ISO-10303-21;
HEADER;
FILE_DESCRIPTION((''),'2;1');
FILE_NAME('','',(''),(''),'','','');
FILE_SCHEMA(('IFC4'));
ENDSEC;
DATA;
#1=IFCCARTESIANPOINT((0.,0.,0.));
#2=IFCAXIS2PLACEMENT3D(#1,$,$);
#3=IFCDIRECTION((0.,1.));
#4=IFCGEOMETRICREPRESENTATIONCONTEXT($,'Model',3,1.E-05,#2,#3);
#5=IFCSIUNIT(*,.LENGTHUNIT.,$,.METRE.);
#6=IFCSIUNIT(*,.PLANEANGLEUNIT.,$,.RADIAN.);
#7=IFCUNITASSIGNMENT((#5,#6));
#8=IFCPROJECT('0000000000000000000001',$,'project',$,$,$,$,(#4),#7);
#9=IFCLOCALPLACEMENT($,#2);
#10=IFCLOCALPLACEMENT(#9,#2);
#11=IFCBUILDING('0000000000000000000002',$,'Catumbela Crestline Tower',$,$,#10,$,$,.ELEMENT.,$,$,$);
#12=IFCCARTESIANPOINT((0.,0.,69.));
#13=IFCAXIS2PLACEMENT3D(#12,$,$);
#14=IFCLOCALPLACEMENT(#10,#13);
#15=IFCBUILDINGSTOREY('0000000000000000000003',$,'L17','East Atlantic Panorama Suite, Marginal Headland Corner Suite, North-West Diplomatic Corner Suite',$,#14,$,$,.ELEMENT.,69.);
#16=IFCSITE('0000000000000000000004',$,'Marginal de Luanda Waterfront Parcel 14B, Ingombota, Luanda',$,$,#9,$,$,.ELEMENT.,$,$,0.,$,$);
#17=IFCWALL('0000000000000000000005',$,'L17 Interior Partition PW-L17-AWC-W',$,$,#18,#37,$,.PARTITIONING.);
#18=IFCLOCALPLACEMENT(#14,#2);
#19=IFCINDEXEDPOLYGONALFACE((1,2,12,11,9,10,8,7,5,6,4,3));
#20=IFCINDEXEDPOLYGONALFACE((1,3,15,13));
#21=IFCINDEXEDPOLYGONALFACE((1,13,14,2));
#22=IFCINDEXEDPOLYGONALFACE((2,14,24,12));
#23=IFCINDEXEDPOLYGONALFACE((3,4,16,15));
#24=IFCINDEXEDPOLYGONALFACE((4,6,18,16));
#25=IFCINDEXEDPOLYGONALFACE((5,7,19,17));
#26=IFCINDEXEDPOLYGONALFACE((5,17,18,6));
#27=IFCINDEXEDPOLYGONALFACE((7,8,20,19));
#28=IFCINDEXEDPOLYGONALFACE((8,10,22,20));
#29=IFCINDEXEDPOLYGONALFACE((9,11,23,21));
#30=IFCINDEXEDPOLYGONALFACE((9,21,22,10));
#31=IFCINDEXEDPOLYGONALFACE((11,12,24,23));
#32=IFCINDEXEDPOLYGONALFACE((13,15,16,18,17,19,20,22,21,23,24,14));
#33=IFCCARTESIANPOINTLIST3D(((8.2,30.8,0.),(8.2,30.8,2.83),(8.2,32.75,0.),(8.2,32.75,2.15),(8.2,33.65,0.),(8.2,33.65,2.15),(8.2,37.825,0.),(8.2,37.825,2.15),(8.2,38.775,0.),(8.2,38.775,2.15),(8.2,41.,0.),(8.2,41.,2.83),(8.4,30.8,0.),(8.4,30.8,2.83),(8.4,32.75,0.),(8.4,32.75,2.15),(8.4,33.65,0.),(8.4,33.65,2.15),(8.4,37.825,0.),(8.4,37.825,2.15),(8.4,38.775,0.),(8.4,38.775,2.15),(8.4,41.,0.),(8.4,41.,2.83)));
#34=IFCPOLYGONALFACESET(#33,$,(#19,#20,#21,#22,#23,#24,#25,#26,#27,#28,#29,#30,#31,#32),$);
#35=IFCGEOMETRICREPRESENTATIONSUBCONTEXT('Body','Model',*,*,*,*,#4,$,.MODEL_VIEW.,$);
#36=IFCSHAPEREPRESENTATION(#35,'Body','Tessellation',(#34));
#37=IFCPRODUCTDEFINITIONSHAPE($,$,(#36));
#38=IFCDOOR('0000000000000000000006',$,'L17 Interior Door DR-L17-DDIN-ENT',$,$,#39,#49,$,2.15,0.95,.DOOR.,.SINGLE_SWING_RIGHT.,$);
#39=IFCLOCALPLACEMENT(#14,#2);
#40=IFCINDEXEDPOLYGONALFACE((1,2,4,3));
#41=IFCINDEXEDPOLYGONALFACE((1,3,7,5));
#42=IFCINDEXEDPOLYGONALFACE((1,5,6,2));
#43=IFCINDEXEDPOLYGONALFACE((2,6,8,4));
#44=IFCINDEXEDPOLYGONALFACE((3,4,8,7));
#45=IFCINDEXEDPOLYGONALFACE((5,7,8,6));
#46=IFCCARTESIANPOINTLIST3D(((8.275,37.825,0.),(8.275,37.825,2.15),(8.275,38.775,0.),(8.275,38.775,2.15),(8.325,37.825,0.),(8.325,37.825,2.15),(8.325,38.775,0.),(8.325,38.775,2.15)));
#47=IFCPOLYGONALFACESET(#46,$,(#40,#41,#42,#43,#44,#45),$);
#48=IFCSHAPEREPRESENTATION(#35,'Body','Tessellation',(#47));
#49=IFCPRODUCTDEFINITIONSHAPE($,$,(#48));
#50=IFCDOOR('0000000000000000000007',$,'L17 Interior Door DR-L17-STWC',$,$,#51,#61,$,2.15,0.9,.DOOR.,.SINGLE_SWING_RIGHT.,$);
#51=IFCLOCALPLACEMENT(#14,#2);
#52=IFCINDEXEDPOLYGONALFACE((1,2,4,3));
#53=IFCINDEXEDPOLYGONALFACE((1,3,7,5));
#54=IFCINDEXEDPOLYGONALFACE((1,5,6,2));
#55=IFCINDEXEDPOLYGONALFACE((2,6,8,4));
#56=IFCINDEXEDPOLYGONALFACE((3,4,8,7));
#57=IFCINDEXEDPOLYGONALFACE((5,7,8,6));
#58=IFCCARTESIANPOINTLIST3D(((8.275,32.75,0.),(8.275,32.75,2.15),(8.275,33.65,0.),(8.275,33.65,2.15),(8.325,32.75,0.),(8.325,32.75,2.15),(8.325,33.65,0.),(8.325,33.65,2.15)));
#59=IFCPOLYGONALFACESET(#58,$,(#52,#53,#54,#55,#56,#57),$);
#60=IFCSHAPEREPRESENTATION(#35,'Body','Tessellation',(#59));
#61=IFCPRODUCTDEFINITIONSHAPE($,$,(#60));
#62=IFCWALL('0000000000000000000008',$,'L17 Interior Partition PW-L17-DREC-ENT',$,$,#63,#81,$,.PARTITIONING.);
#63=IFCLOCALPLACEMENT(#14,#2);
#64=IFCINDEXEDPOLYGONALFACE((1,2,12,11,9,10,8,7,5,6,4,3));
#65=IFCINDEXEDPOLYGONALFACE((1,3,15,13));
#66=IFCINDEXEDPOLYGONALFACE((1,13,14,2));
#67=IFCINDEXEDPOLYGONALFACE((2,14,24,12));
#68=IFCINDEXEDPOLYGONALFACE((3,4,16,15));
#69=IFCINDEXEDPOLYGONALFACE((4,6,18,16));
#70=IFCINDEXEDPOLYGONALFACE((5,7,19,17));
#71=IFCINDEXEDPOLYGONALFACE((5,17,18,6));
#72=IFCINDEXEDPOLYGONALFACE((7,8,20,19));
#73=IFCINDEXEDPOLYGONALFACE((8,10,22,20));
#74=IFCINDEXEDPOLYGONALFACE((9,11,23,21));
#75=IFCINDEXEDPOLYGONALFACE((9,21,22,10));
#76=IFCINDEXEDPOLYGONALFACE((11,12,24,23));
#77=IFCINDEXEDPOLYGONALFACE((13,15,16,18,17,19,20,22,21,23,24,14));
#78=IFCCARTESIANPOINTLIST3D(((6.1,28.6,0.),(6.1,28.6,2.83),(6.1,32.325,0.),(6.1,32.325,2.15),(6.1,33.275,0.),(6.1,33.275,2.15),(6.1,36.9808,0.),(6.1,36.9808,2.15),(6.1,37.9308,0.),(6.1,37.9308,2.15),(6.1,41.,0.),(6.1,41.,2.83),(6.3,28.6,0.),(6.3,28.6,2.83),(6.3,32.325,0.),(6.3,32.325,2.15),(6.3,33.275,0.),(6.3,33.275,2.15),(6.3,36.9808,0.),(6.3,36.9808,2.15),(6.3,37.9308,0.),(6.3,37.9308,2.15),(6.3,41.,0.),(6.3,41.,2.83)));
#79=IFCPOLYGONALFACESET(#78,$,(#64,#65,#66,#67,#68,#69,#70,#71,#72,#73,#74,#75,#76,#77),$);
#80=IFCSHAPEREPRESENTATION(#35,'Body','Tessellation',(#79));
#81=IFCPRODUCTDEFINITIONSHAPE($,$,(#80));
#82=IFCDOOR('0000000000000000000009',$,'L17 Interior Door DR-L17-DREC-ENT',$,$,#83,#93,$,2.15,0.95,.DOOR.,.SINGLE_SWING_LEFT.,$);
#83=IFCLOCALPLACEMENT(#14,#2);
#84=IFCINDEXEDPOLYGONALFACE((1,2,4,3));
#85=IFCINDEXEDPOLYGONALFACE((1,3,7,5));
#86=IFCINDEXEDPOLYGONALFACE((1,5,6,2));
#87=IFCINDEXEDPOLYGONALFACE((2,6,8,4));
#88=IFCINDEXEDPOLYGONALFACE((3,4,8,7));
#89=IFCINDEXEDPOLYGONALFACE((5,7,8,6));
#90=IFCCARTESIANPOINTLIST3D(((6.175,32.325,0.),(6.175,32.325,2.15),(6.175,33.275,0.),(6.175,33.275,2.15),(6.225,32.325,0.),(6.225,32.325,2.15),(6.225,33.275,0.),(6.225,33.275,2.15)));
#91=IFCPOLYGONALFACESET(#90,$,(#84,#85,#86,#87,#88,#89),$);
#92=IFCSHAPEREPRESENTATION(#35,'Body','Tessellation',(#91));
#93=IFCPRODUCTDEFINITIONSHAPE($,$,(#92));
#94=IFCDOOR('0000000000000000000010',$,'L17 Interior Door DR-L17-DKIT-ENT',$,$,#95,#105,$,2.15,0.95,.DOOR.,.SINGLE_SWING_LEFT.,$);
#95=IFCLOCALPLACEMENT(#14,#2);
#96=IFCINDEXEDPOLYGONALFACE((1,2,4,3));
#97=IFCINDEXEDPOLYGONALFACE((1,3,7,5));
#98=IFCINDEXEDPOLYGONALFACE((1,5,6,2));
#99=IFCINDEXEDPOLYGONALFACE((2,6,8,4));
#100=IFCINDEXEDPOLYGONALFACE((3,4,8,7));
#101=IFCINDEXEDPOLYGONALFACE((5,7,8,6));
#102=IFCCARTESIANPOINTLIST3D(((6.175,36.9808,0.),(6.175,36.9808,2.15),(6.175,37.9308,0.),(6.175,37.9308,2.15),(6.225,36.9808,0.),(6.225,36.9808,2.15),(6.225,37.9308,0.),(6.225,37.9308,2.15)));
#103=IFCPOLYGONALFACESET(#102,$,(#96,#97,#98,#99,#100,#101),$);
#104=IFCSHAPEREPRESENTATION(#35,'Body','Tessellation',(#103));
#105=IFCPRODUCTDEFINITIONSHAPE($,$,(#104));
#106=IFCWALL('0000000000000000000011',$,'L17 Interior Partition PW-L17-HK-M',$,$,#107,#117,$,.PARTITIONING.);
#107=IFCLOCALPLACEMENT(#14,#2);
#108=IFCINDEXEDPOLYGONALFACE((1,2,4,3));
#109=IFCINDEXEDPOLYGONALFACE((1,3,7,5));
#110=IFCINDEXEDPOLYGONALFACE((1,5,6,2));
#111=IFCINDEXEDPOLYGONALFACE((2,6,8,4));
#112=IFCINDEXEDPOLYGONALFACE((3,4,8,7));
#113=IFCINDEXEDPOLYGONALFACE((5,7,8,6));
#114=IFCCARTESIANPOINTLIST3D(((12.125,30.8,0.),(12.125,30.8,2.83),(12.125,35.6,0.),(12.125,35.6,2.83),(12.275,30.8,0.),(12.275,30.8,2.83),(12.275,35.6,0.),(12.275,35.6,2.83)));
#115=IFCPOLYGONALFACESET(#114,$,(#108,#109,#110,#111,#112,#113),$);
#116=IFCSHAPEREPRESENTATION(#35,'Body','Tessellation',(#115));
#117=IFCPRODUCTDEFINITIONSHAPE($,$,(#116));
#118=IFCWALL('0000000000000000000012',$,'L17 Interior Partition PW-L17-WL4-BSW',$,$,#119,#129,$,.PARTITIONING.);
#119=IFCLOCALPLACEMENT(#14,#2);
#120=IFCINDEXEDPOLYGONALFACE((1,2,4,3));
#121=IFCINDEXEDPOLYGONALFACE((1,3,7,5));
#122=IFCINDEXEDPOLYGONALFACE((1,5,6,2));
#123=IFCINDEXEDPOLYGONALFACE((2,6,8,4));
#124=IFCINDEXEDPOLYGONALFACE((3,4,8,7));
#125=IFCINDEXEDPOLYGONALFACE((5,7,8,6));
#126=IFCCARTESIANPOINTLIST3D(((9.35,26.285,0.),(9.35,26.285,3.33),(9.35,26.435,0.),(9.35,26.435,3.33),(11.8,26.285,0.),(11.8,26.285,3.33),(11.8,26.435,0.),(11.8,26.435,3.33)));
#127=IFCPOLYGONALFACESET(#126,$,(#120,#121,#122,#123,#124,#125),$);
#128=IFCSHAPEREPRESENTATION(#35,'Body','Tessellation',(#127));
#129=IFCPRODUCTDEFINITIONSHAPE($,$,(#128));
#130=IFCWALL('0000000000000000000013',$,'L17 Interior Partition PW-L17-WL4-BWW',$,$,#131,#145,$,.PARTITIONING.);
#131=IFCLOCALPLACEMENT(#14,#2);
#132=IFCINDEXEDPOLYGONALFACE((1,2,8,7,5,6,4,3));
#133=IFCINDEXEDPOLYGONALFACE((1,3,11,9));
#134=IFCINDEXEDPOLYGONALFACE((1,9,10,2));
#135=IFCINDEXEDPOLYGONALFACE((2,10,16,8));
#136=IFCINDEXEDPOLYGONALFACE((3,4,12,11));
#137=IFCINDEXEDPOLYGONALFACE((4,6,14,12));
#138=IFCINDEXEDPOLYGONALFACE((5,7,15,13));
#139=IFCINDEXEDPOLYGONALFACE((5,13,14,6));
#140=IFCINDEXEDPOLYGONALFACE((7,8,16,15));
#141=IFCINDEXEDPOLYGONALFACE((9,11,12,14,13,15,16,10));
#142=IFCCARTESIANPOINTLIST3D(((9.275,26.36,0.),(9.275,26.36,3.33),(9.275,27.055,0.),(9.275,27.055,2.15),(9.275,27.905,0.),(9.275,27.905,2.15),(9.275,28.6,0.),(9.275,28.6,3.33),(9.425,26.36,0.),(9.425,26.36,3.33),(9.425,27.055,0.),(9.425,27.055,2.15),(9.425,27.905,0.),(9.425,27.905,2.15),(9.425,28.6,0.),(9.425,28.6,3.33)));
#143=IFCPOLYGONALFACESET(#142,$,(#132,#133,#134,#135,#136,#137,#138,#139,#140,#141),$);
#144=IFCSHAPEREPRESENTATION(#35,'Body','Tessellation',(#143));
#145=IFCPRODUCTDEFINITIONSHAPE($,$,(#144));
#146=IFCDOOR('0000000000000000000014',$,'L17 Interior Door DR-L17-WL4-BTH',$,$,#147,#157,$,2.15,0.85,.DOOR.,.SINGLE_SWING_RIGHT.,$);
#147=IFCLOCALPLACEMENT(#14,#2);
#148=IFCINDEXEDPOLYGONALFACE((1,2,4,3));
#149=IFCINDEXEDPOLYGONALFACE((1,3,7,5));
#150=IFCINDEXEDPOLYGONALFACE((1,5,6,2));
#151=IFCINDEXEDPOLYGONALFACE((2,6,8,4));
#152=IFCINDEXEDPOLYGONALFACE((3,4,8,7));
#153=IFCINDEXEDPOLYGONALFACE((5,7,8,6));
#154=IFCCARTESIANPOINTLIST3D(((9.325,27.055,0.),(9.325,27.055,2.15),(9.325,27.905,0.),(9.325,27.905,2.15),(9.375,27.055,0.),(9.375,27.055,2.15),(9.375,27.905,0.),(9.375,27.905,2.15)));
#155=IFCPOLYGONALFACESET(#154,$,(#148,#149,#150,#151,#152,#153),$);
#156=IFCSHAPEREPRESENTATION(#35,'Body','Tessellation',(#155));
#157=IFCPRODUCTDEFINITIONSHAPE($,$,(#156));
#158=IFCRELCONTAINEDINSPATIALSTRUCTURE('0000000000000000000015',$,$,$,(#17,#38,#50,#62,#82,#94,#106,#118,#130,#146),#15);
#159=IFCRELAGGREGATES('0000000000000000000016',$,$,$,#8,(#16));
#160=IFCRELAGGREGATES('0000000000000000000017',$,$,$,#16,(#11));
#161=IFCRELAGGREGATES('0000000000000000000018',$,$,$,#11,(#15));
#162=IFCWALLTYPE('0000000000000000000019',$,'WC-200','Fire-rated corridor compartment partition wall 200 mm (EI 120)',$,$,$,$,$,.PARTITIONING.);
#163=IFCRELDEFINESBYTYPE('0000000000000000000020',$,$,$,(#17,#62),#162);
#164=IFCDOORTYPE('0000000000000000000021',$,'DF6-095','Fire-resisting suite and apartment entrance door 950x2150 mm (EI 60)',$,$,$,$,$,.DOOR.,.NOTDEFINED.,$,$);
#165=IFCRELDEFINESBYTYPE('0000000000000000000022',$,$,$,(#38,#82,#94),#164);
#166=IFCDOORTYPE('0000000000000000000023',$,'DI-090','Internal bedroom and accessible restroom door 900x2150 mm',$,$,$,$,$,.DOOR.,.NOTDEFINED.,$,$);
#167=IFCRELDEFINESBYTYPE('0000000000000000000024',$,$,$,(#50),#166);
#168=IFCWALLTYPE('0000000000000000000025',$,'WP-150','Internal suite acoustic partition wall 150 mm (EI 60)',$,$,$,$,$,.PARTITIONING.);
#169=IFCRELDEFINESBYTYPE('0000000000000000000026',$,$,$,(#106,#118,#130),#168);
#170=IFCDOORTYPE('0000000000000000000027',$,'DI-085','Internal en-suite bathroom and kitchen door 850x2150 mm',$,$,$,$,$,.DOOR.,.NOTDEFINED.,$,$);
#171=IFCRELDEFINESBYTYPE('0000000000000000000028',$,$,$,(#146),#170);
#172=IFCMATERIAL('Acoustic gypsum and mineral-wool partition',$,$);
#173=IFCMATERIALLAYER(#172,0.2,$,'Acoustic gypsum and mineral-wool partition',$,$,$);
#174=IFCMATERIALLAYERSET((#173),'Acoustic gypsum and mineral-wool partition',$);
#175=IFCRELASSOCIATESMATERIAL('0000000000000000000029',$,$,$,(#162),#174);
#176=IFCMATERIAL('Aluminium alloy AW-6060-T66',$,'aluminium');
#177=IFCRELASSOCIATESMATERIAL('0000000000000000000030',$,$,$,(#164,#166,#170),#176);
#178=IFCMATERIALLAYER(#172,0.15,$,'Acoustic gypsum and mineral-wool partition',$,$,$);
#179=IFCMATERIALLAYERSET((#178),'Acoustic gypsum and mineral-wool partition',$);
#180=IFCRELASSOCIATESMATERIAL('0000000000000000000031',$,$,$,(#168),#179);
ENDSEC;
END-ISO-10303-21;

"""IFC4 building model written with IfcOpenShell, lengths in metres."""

from ifc_helpers import new_model, si_unit, direction, frame, frame_2d, origin, place, context, subcontext, project, spatial, rectangle, extrude, material, layer, layer_set, type_object, element, fill, save


model = new_model("IFC4")

# Units and contexts
model_context = context("Model", 3, precision=1e-05, world=origin(), true_north=direction((0.0, 1.0)))
body_context = subcontext(model_context, "Body", "Model", "MODEL_VIEW")
ifc_project = project(units=[si_unit("LENGTHUNIT", "METRE"), si_unit("PLANEANGLEUNIT", "RADIAN")], contexts=[model_context])

# Site, building, storey
site_placement = place(None, origin())
site = spatial("IfcSite", under=ifc_project, at=site_placement, Name="Marginal de Luanda Waterfront Parcel 14B, Ingombota, Luanda", CompositionType="ELEMENT", RefElevation=0.0)
building_placement = place(site_placement, origin())
building = spatial("IfcBuilding", under=site, at=building_placement, Name="Catumbela Crestline Tower", CompositionType="ELEMENT")
storey_placement = place(building_placement, frame((0.0, 0.0, 69.0)))
storey = spatial("IfcBuildingStorey", under=building, at=storey_placement, Name="L17", Description="East Atlantic Panorama Suite, Marginal Headland Corner Suite, North-West Diplomatic Corner Suite", CompositionType="ELEMENT", Elevation=69.0)

# Shared definitions
ifc_material_1 = material(Name="Acoustic gypsum and mineral-wool partition")
ifc_layer_1 = layer(ifc_material_1, 0.2, Name="Acoustic gypsum and mineral-wool partition")
ifc_layer_set_1 = layer_set([ifc_layer_1], Name="Acoustic gypsum and mineral-wool partition")
wall_type_1 = type_object("IfcWallType", Name="WC-200", Description="Fire-rated corridor compartment partition wall 200 mm (EI 120)", PredefinedType="PARTITIONING", material=ifc_layer_set_1)
ifc_material_2 = material(Name="Aluminium alloy AW-6060-T66", Category="aluminium")
door_type_1 = type_object("IfcDoorType", Name="DF6-095", Description="Fire-resisting suite and apartment entrance door 950x2150 mm (EI 60)", OperationType="NOTDEFINED", PredefinedType="DOOR", material=ifc_material_2)

# Walls, openings, doors
wall_1_placement = place(storey_placement, frame((8.3, 30.8, 0.0), z_axis=(0.0, 0.0, 1.0), x_axis=(0.0, 1.0, 0.0)))
wall_1 = element("IfcWall", 1, at=wall_1_placement, inside=storey, type_object=wall_type_1, Name="L17 Interior Partition PW-L17-AWC-W", PredefinedType="PARTITIONING", context=body_context, shape_type="SweptSolid", body=[
    extrude(rectangle(XDim=10.2, YDim=0.2, at=frame_2d((5.1, 0.0))), origin(), (0.0, 0.0, 1.0), 2.83),
])
opening_1_placement = place(wall_1_placement, frame((1.95, 0.0, 0.0)))
opening_1 = element("IfcOpeningElement", 2, at=opening_1_placement, cuts=wall_1, PredefinedType="OPENING", context=body_context, shape_type="SweptSolid", body=[
    extrude(rectangle(XDim=0.9, YDim=2.15, at=frame_2d((0.45, 1.075))), frame((0.0, 0.11, 0.0), z_axis=(0.0, -1.0, 0.0), x_axis=(1.0, 0.0, 0.0)), (0.0, 0.0, 1.0), 0.22),
])
opening_2_placement = place(wall_1_placement, frame((7.025, 0.0, 0.0)))
opening_2 = element("IfcOpeningElement", 3, at=opening_2_placement, cuts=wall_1, PredefinedType="OPENING", context=body_context, shape_type="SweptSolid", body=[
    extrude(rectangle(XDim=0.95, YDim=2.15, at=frame_2d((0.475, 1.075))), frame((0.0, 0.11, 0.0), z_axis=(0.0, -1.0, 0.0), x_axis=(1.0, 0.0, 0.0)), (0.0, 0.0, 1.0), 0.22),
])
door_1_placement = place(opening_2_placement, origin())
door_1 = element("IfcDoor", 4, at=door_1_placement, inside=storey, type_object=door_type_1, Name="L17 Interior Door DR-L17-DDIN-ENT", OperationType="SINGLE_SWING_RIGHT", OverallHeight=2.15, OverallWidth=0.95, PredefinedType="DOOR", context=body_context, shape_type="SweptSolid", body=[
    extrude(rectangle(XDim=0.95, YDim=2.15, at=frame_2d((0.475, 1.075))), frame((0.0, 0.025, 0.0), z_axis=(0.0, -1.0, 0.0), x_axis=(1.0, 0.0, 0.0)), (0.0, 0.0, 1.0), 0.05),
])
fill(opening_2, door_1)
door_type_2 = type_object("IfcDoorType", Name="DI-090", Description="Internal bedroom and accessible restroom door 900x2150 mm", OperationType="NOTDEFINED", PredefinedType="DOOR", material=ifc_material_2)
door_2_placement = place(opening_1_placement, origin())
door_2 = element("IfcDoor", 5, at=door_2_placement, inside=storey, type_object=door_type_2, Name="L17 Interior Door DR-L17-STWC", OperationType="SINGLE_SWING_RIGHT", OverallHeight=2.15, OverallWidth=0.9, PredefinedType="DOOR", context=body_context, shape_type="SweptSolid", body=[
    extrude(rectangle(XDim=0.9, YDim=2.15, at=frame_2d((0.45, 1.075))), frame((0.0, 0.025, 0.0), z_axis=(0.0, -1.0, 0.0), x_axis=(1.0, 0.0, 0.0)), (0.0, 0.0, 1.0), 0.05),
])
fill(opening_1, door_2)
wall_2_placement = place(storey_placement, frame((6.2, 28.6, 0.0), z_axis=(0.0, 0.0, 1.0), x_axis=(0.0, 1.0, 0.0)))
wall_2 = element("IfcWall", 6, at=wall_2_placement, inside=storey, type_object=wall_type_1, Name="L17 Interior Partition PW-L17-DREC-ENT", PredefinedType="PARTITIONING", context=body_context, shape_type="SweptSolid", body=[
    extrude(rectangle(XDim=12.4, YDim=0.2, at=frame_2d((6.2, 0.0))), origin(), (0.0, 0.0, 1.0), 2.83),
])
opening_3_placement = place(wall_2_placement, frame((3.725, 0.0, 0.0)))
opening_3 = element("IfcOpeningElement", 7, at=opening_3_placement, cuts=wall_2, PredefinedType="OPENING", context=body_context, shape_type="SweptSolid", body=[
    extrude(rectangle(XDim=0.95, YDim=2.15, at=frame_2d((0.475, 1.075))), frame((0.0, 0.11, 0.0), z_axis=(0.0, -1.0, 0.0), x_axis=(1.0, 0.0, 0.0)), (0.0, 0.0, 1.0), 0.22),
])
opening_4_placement = place(wall_2_placement, frame((8.3808, 0.0, 0.0)))
opening_4 = element("IfcOpeningElement", 8, at=opening_4_placement, cuts=wall_2, PredefinedType="OPENING", context=body_context, shape_type="SweptSolid", body=[
    extrude(rectangle(XDim=0.95, YDim=2.15, at=frame_2d((0.475, 1.075))), frame((0.0, 0.11, 0.0), z_axis=(0.0, -1.0, 0.0), x_axis=(1.0, 0.0, 0.0)), (0.0, 0.0, 1.0), 0.22),
])
door_3_placement = place(opening_3_placement, origin())
door_3 = element("IfcDoor", 9, at=door_3_placement, inside=storey, type_object=door_type_1, Name="L17 Interior Door DR-L17-DREC-ENT", OperationType="SINGLE_SWING_LEFT", OverallHeight=2.15, OverallWidth=0.95, PredefinedType="DOOR", context=body_context, shape_type="SweptSolid", body=[
    extrude(rectangle(XDim=0.95, YDim=2.15, at=frame_2d((0.475, 1.075))), frame((0.0, 0.025, 0.0), z_axis=(0.0, -1.0, 0.0), x_axis=(1.0, 0.0, 0.0)), (0.0, 0.0, 1.0), 0.05),
])
fill(opening_3, door_3)
door_4_placement = place(opening_4_placement, origin())
door_4 = element("IfcDoor", 10, at=door_4_placement, inside=storey, type_object=door_type_1, Name="L17 Interior Door DR-L17-DKIT-ENT", OperationType="SINGLE_SWING_LEFT", OverallHeight=2.15, OverallWidth=0.95, PredefinedType="DOOR", context=body_context, shape_type="SweptSolid", body=[
    extrude(rectangle(XDim=0.95, YDim=2.15, at=frame_2d((0.475, 1.075))), frame((0.0, 0.025, 0.0), z_axis=(0.0, -1.0, 0.0), x_axis=(1.0, 0.0, 0.0)), (0.0, 0.0, 1.0), 0.05),
])
fill(opening_4, door_4)

# Walls
ifc_layer_2 = layer(ifc_material_1, 0.15, Name="Acoustic gypsum and mineral-wool partition")
ifc_layer_set_2 = layer_set([ifc_layer_2], Name="Acoustic gypsum and mineral-wool partition")
wall_type_2 = type_object("IfcWallType", Name="WP-150", Description="Internal suite acoustic partition wall 150 mm (EI 60)", PredefinedType="PARTITIONING", material=ifc_layer_set_2)
wall_3_placement = place(storey_placement, frame((12.2, 30.8, 0.0), z_axis=(0.0, 0.0, 1.0), x_axis=(0.0, 1.0, 0.0)))
element("IfcWall", 11, at=wall_3_placement, inside=storey, type_object=wall_type_2, Name="L17 Interior Partition PW-L17-HK-M", PredefinedType="PARTITIONING", context=body_context, shape_type="SweptSolid", body=[
    extrude(rectangle(XDim=4.8, YDim=0.15, at=frame_2d((2.4, 0.0))), origin(), (0.0, 0.0, 1.0), 2.83),
])
wall_4_placement = place(storey_placement, frame((9.35, 26.36, 0.0), z_axis=(0.0, 0.0, 1.0), x_axis=(1.0, 0.0, 0.0)))
element("IfcWall", 12, at=wall_4_placement, inside=storey, type_object=wall_type_2, Name="L17 Interior Partition PW-L17-WL4-BSW", PredefinedType="PARTITIONING", context=body_context, shape_type="SweptSolid", body=[
    extrude(rectangle(XDim=2.45, YDim=0.15, at=frame_2d((1.225, 0.0))), origin(), (0.0, 0.0, 1.0), 3.33),
])

# Wall, opening, door
wall_5_placement = place(storey_placement, frame((9.35, 26.36, 0.0), z_axis=(0.0, 0.0, 1.0), x_axis=(0.0, 1.0, 0.0)))
wall_5 = element("IfcWall", 13, at=wall_5_placement, inside=storey, type_object=wall_type_2, Name="L17 Interior Partition PW-L17-WL4-BWW", PredefinedType="PARTITIONING", context=body_context, shape_type="SweptSolid", body=[
    extrude(rectangle(XDim=2.24, YDim=0.15, at=frame_2d((1.12, 0.0))), origin(), (0.0, 0.0, 1.0), 3.33),
])
opening_5_placement = place(wall_5_placement, frame((0.695, 0.0, 0.0)))
opening_5 = element("IfcOpeningElement", 14, at=opening_5_placement, cuts=wall_5, PredefinedType="OPENING", context=body_context, shape_type="SweptSolid", body=[
    extrude(rectangle(XDim=0.85, YDim=2.15, at=frame_2d((0.425, 1.075))), frame((0.0, 0.085, 0.0), z_axis=(0.0, -1.0, 0.0), x_axis=(1.0, 0.0, 0.0)), (0.0, 0.0, 1.0), 0.17),
])
door_type_3 = type_object("IfcDoorType", Name="DI-085", Description="Internal en-suite bathroom and kitchen door 850x2150 mm", OperationType="NOTDEFINED", PredefinedType="DOOR", material=ifc_material_2)
door_5_placement = place(opening_5_placement, origin())
door_5 = element("IfcDoor", 15, at=door_5_placement, inside=storey, type_object=door_type_3, Name="L17 Interior Door DR-L17-WL4-BTH", OperationType="SINGLE_SWING_RIGHT", OverallHeight=2.15, OverallWidth=0.85, PredefinedType="DOOR", context=body_context, shape_type="SweptSolid", body=[
    extrude(rectangle(XDim=0.85, YDim=2.15, at=frame_2d((0.425, 1.075))), frame((0.0, 0.025, 0.0), z_axis=(0.0, -1.0, 0.0), x_axis=(1.0, 0.0, 0.0)), (0.0, 0.0, 1.0), 0.05),
])
fill(opening_5, door_5)

save(model, "model.ifc")
